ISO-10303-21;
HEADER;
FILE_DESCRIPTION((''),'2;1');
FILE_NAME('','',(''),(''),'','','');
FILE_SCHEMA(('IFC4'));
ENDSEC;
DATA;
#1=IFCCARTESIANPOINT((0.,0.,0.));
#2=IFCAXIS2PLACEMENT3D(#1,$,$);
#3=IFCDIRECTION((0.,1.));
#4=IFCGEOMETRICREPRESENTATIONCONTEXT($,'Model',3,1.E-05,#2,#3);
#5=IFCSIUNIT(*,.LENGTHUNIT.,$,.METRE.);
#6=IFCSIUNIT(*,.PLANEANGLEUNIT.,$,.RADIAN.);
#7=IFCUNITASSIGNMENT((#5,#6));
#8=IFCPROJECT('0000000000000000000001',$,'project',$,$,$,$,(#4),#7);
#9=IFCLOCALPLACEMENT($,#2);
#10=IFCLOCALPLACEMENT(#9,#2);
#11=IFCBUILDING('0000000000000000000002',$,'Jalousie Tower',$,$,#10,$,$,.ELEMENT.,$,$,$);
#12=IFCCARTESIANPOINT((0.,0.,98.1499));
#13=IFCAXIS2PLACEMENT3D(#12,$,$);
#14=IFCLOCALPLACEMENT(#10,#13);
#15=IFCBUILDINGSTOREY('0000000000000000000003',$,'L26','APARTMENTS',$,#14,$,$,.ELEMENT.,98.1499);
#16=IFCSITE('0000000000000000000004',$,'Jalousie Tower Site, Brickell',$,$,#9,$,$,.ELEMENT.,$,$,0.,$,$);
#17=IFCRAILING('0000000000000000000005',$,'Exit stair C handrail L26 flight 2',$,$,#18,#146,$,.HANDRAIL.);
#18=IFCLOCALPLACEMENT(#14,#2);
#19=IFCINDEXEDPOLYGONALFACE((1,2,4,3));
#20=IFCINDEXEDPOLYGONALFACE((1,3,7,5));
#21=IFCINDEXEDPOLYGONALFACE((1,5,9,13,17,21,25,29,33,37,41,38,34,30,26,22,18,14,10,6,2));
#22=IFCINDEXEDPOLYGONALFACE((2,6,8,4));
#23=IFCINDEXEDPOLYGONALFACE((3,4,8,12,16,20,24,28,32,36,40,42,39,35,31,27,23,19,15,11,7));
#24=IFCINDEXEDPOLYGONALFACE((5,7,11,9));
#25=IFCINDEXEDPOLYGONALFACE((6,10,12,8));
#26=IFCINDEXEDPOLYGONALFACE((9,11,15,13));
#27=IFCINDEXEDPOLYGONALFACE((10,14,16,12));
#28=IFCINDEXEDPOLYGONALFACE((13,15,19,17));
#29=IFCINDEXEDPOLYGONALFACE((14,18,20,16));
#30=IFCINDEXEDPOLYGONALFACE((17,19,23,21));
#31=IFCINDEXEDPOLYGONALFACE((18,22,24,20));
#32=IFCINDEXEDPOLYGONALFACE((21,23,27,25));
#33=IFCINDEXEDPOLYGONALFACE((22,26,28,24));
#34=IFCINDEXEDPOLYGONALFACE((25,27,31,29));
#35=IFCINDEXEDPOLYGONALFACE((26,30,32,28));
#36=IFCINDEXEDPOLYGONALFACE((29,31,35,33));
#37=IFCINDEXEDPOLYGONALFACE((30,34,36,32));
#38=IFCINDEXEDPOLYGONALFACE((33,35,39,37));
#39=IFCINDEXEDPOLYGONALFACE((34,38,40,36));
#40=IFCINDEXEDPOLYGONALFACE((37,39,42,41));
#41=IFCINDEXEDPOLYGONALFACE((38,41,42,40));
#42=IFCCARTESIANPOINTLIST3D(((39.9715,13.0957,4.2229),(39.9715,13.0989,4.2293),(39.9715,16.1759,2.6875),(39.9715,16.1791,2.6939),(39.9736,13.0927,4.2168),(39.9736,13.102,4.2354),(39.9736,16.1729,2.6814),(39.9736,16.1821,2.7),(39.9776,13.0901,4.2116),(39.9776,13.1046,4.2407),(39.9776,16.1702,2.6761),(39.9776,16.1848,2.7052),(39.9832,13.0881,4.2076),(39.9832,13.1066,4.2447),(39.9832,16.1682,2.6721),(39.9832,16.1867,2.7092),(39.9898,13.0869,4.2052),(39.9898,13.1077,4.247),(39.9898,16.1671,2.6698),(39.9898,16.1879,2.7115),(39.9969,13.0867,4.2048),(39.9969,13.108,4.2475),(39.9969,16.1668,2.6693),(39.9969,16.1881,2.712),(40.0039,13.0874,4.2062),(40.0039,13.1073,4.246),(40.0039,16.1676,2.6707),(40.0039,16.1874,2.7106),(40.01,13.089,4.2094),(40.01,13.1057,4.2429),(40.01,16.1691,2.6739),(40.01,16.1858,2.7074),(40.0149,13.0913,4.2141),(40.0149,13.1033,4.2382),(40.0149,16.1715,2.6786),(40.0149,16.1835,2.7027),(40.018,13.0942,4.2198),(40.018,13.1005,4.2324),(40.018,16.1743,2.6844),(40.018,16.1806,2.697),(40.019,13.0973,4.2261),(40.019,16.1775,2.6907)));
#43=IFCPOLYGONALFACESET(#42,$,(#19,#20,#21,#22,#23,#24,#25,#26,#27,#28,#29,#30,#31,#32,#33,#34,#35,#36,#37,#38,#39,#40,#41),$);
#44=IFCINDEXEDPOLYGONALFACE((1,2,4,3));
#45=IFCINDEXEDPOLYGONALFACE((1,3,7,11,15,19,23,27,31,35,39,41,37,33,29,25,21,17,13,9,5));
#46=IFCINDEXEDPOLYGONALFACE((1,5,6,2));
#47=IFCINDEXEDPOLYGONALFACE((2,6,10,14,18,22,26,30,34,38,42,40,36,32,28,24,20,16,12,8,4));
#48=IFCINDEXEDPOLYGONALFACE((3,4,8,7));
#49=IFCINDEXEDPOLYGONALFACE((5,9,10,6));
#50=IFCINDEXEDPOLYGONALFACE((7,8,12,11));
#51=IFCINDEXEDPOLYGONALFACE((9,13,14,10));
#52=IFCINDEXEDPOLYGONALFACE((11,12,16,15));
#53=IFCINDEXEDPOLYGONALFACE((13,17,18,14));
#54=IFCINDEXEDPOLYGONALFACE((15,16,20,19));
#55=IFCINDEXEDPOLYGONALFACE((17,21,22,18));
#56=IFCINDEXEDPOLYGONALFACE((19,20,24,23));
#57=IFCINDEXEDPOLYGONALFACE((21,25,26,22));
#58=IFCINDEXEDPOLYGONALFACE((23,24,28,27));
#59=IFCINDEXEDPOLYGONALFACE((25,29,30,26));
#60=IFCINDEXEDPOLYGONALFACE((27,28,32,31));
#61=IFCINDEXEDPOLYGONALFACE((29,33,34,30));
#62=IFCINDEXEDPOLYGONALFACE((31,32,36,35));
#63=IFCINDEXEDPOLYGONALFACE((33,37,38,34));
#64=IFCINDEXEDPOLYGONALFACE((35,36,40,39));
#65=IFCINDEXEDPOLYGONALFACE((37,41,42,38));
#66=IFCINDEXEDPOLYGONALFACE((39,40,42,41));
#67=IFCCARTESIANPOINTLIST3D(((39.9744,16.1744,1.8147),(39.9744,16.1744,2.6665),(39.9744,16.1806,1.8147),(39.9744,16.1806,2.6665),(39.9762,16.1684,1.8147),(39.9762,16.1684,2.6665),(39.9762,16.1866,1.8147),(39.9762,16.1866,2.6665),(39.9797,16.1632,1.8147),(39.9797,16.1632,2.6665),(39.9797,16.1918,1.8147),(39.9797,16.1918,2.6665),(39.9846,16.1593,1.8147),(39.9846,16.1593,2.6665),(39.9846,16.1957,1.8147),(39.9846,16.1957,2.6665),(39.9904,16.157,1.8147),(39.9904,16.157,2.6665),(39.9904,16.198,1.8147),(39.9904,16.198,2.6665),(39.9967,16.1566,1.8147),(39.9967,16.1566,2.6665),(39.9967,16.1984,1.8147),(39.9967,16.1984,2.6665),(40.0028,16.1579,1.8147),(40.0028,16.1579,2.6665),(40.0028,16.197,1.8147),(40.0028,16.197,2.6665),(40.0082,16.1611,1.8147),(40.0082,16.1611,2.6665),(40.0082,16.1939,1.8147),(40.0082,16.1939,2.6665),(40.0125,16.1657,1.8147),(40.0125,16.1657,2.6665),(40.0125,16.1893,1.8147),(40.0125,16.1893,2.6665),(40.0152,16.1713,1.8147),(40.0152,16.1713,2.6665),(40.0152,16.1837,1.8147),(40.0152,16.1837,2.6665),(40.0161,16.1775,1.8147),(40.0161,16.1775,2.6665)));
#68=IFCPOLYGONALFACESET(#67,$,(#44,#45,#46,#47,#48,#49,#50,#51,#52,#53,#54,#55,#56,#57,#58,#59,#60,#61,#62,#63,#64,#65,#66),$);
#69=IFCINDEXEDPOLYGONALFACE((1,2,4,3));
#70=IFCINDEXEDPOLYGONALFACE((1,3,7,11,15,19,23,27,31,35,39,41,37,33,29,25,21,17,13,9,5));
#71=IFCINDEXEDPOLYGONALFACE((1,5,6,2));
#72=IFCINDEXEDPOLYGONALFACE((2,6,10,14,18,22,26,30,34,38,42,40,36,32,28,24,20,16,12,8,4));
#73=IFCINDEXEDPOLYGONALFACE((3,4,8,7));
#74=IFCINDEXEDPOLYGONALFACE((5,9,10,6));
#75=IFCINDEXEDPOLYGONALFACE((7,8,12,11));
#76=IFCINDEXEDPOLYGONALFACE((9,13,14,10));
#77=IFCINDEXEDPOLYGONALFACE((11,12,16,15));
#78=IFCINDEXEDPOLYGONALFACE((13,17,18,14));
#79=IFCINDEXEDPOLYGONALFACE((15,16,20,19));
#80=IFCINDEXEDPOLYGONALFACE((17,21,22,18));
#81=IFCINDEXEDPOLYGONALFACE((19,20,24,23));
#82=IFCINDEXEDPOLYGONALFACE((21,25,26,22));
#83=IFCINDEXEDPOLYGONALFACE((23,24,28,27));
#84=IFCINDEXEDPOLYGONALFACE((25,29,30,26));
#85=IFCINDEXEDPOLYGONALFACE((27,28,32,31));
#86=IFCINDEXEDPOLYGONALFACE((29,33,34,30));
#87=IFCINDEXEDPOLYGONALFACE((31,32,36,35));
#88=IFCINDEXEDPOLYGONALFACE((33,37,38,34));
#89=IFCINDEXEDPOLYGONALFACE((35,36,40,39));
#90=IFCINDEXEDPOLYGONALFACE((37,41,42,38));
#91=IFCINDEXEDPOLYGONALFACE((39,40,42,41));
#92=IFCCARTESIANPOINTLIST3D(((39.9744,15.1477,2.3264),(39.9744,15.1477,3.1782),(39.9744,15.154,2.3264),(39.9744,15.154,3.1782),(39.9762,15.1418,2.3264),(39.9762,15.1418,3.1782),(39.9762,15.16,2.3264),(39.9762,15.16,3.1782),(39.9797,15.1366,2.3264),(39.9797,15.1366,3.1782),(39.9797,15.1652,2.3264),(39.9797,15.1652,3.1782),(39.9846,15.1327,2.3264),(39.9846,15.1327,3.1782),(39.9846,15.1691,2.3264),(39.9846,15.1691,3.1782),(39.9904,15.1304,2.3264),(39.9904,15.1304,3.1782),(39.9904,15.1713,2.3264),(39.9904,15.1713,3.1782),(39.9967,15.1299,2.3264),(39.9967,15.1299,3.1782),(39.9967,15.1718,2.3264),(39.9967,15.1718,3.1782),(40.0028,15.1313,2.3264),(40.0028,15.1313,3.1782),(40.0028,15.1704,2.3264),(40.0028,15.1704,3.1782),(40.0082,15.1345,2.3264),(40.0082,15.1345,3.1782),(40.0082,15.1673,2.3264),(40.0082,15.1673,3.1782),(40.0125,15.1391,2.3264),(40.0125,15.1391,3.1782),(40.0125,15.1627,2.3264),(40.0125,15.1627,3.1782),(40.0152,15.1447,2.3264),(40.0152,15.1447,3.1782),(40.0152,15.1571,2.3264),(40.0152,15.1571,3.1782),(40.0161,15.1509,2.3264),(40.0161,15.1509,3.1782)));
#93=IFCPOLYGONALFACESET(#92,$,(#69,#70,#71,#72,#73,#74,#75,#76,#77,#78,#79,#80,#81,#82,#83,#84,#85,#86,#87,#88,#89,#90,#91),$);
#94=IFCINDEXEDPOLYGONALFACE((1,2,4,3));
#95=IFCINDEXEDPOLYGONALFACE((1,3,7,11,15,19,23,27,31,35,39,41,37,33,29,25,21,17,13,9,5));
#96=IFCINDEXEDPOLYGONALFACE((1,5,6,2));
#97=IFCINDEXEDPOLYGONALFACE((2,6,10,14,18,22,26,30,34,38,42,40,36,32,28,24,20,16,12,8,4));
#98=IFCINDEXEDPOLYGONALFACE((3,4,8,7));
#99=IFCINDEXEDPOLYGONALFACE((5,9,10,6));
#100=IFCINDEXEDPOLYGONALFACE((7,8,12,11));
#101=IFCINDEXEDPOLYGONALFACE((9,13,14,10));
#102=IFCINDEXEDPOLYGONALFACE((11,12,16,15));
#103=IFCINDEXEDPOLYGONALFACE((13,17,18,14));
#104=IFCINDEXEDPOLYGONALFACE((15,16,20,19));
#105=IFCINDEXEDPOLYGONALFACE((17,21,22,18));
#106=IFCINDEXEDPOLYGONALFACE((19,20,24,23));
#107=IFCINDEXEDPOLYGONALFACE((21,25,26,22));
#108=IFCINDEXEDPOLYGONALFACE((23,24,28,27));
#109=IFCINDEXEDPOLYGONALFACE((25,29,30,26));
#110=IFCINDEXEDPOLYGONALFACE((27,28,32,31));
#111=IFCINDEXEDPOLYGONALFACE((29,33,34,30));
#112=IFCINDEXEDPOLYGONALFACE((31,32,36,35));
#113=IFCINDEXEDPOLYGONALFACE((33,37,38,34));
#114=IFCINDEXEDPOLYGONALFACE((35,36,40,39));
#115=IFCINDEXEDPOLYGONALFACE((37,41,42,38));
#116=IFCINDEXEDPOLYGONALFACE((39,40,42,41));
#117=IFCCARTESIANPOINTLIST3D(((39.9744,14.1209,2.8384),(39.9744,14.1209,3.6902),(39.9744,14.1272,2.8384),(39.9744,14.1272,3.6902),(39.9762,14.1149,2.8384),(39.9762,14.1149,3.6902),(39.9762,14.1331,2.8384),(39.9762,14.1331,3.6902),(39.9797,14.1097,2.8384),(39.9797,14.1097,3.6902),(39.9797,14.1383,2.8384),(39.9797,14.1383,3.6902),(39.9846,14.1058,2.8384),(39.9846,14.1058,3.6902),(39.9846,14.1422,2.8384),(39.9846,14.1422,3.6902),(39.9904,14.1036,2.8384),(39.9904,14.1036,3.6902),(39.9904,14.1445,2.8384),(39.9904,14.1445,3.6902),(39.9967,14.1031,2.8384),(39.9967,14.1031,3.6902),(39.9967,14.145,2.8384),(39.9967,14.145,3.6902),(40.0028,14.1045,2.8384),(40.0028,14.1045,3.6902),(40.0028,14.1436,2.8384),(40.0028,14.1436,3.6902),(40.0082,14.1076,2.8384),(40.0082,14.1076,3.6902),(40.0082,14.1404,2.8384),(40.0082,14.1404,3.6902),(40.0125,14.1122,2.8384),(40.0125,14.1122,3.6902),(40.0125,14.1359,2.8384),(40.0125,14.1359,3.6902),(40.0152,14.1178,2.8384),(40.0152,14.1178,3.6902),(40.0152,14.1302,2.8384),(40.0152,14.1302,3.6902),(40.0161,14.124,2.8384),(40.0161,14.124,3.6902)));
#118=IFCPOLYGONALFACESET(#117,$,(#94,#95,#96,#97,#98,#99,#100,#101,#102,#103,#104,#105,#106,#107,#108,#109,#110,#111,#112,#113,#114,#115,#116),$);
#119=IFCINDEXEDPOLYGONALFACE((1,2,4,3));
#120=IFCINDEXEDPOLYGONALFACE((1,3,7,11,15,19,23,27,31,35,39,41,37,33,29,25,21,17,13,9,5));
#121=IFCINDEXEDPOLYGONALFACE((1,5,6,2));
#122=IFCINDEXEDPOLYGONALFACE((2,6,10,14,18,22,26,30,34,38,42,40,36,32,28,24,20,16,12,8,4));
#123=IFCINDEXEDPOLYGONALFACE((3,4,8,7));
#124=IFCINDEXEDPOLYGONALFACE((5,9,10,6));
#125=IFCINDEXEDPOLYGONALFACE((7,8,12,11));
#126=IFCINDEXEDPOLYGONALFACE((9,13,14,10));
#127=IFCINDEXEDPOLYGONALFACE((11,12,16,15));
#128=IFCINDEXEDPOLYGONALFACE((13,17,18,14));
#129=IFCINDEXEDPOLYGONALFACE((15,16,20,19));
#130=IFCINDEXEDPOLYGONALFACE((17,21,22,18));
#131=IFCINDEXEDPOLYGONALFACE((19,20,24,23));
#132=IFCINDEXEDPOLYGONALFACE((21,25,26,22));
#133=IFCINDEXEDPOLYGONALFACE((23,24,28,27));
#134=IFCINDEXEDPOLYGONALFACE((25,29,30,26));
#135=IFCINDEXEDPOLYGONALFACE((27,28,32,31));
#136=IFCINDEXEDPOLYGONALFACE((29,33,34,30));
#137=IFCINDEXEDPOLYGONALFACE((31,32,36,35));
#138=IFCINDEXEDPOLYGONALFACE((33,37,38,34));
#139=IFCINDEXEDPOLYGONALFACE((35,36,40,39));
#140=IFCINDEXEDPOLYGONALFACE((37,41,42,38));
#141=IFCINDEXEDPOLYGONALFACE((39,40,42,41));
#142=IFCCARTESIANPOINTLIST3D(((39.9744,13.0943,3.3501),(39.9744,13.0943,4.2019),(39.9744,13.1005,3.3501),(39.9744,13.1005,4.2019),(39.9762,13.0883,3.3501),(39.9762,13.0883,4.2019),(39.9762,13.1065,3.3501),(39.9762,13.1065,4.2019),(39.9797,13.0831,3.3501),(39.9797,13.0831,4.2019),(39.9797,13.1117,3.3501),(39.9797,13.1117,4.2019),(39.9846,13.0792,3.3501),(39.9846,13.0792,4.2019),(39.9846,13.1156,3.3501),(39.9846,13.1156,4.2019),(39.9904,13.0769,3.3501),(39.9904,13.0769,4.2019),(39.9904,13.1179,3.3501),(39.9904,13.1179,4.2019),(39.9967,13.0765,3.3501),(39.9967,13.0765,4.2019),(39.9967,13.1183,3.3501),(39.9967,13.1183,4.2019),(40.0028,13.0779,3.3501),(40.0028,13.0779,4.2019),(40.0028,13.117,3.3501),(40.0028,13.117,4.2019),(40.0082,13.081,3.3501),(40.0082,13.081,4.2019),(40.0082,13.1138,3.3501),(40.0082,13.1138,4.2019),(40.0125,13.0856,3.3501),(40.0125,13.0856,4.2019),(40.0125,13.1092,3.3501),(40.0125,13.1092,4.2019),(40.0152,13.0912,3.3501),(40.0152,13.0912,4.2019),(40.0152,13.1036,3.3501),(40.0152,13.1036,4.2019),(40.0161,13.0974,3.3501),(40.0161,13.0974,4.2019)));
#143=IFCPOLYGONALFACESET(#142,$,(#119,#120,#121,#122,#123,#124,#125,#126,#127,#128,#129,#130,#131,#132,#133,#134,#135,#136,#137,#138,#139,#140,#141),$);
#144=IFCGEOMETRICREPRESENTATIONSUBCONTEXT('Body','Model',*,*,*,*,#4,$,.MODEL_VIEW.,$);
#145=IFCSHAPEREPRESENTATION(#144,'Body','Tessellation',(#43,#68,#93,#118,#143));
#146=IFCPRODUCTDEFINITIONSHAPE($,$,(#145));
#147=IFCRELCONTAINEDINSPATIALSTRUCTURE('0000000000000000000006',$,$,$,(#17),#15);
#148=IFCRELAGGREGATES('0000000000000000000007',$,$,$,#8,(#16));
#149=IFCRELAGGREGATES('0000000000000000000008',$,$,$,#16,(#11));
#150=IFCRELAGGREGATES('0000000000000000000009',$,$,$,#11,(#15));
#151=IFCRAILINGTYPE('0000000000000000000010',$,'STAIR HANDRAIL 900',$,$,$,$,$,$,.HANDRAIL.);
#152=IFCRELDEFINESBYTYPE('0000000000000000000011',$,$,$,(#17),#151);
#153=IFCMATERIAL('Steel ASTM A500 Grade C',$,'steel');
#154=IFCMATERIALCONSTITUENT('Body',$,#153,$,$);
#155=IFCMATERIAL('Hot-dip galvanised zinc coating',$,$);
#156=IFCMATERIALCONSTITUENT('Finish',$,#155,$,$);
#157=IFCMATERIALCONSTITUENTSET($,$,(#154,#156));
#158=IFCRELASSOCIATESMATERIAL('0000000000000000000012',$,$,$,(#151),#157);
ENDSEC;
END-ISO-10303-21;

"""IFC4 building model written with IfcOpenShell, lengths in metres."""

from ifc_helpers import new_model, si_unit, direction, frame, origin, origin_2d, place, context, subcontext, project, spatial, circle, extrude, material, constituent, constituent_set, type_object, element, save


model = new_model("IFC4")

# Units and contexts
model_context = context("Model", 3, precision=1e-05, world=origin(), true_north=direction((0.0, 1.0)))
body_context = subcontext(model_context, "Body", "Model", "MODEL_VIEW")
ifc_project = project(units=[si_unit("LENGTHUNIT", "METRE"), si_unit("PLANEANGLEUNIT", "RADIAN")], contexts=[model_context])

# Site, building, storey
site_placement = place(None, origin())
site = spatial("IfcSite", under=ifc_project, at=site_placement, Name="Jalousie Tower Site, Brickell", CompositionType="ELEMENT", RefElevation=0.0)
building_placement = place(site_placement, origin())
building = spatial("IfcBuilding", under=site, at=building_placement, Name="Jalousie Tower", CompositionType="ELEMENT")
storey_placement = place(building_placement, frame((0.0, 0.0, 98.1499)))
storey = spatial("IfcBuildingStorey", under=building, at=storey_placement, Name="L26", Description="APARTMENTS", CompositionType="ELEMENT", Elevation=98.1499)

# Railing
ifc_material_1 = material(Name="Steel ASTM A500 Grade C", Category="steel")
ifc_constituent_1 = constituent(ifc_material_1, Name="Body")
ifc_material_2 = material(Name="Hot-dip galvanised zinc coating")
ifc_constituent_2 = constituent(ifc_material_2, Name="Finish")
ifc_constituent_set_1 = constituent_set(constituents=[ifc_constituent_1, ifc_constituent_2])
railing_type_1 = type_object("IfcRailingType", Name="STAIR HANDRAIL 900", PredefinedType="HANDRAIL", material=ifc_constituent_set_1)
railing_1_placement = place(storey_placement, frame((39.9951, 16.1775, 1.8147)))
element("IfcRailing", 1, at=railing_1_placement, inside=storey, type_object=railing_type_1, Name="Exit stair C handrail L26 flight 2", PredefinedType="HANDRAIL", context=body_context, shape_type="SweptSolid", body=[
    extrude(circle(Radius=0.0239, at=origin_2d()), frame((0.0, 0.0, 0.876), z_axis=(0.0, -0.894966, 0.446135), x_axis=(1.0, 0.0, 0.0)), (0.0, 0.0, 1.0), 3.4417),
    extrude(circle(Radius=0.021, at=origin_2d()), origin(), (0.0, 0.0, 1.0), 0.8518),
    extrude(circle(Radius=0.021, at=origin_2d()), frame((0.0, -1.0266, 0.5117)), (0.0, 0.0, 1.0), 0.8518),
    extrude(circle(Radius=0.021, at=origin_2d()), frame((0.0, -2.0535, 1.0237)), (0.0, 0.0, 1.0), 0.8518),
    extrude(circle(Radius=0.021, at=origin_2d()), frame((0.0, -3.0801, 1.5354)), (0.0, 0.0, 1.0), 0.8518),
])

save(model, "model.ifc")
